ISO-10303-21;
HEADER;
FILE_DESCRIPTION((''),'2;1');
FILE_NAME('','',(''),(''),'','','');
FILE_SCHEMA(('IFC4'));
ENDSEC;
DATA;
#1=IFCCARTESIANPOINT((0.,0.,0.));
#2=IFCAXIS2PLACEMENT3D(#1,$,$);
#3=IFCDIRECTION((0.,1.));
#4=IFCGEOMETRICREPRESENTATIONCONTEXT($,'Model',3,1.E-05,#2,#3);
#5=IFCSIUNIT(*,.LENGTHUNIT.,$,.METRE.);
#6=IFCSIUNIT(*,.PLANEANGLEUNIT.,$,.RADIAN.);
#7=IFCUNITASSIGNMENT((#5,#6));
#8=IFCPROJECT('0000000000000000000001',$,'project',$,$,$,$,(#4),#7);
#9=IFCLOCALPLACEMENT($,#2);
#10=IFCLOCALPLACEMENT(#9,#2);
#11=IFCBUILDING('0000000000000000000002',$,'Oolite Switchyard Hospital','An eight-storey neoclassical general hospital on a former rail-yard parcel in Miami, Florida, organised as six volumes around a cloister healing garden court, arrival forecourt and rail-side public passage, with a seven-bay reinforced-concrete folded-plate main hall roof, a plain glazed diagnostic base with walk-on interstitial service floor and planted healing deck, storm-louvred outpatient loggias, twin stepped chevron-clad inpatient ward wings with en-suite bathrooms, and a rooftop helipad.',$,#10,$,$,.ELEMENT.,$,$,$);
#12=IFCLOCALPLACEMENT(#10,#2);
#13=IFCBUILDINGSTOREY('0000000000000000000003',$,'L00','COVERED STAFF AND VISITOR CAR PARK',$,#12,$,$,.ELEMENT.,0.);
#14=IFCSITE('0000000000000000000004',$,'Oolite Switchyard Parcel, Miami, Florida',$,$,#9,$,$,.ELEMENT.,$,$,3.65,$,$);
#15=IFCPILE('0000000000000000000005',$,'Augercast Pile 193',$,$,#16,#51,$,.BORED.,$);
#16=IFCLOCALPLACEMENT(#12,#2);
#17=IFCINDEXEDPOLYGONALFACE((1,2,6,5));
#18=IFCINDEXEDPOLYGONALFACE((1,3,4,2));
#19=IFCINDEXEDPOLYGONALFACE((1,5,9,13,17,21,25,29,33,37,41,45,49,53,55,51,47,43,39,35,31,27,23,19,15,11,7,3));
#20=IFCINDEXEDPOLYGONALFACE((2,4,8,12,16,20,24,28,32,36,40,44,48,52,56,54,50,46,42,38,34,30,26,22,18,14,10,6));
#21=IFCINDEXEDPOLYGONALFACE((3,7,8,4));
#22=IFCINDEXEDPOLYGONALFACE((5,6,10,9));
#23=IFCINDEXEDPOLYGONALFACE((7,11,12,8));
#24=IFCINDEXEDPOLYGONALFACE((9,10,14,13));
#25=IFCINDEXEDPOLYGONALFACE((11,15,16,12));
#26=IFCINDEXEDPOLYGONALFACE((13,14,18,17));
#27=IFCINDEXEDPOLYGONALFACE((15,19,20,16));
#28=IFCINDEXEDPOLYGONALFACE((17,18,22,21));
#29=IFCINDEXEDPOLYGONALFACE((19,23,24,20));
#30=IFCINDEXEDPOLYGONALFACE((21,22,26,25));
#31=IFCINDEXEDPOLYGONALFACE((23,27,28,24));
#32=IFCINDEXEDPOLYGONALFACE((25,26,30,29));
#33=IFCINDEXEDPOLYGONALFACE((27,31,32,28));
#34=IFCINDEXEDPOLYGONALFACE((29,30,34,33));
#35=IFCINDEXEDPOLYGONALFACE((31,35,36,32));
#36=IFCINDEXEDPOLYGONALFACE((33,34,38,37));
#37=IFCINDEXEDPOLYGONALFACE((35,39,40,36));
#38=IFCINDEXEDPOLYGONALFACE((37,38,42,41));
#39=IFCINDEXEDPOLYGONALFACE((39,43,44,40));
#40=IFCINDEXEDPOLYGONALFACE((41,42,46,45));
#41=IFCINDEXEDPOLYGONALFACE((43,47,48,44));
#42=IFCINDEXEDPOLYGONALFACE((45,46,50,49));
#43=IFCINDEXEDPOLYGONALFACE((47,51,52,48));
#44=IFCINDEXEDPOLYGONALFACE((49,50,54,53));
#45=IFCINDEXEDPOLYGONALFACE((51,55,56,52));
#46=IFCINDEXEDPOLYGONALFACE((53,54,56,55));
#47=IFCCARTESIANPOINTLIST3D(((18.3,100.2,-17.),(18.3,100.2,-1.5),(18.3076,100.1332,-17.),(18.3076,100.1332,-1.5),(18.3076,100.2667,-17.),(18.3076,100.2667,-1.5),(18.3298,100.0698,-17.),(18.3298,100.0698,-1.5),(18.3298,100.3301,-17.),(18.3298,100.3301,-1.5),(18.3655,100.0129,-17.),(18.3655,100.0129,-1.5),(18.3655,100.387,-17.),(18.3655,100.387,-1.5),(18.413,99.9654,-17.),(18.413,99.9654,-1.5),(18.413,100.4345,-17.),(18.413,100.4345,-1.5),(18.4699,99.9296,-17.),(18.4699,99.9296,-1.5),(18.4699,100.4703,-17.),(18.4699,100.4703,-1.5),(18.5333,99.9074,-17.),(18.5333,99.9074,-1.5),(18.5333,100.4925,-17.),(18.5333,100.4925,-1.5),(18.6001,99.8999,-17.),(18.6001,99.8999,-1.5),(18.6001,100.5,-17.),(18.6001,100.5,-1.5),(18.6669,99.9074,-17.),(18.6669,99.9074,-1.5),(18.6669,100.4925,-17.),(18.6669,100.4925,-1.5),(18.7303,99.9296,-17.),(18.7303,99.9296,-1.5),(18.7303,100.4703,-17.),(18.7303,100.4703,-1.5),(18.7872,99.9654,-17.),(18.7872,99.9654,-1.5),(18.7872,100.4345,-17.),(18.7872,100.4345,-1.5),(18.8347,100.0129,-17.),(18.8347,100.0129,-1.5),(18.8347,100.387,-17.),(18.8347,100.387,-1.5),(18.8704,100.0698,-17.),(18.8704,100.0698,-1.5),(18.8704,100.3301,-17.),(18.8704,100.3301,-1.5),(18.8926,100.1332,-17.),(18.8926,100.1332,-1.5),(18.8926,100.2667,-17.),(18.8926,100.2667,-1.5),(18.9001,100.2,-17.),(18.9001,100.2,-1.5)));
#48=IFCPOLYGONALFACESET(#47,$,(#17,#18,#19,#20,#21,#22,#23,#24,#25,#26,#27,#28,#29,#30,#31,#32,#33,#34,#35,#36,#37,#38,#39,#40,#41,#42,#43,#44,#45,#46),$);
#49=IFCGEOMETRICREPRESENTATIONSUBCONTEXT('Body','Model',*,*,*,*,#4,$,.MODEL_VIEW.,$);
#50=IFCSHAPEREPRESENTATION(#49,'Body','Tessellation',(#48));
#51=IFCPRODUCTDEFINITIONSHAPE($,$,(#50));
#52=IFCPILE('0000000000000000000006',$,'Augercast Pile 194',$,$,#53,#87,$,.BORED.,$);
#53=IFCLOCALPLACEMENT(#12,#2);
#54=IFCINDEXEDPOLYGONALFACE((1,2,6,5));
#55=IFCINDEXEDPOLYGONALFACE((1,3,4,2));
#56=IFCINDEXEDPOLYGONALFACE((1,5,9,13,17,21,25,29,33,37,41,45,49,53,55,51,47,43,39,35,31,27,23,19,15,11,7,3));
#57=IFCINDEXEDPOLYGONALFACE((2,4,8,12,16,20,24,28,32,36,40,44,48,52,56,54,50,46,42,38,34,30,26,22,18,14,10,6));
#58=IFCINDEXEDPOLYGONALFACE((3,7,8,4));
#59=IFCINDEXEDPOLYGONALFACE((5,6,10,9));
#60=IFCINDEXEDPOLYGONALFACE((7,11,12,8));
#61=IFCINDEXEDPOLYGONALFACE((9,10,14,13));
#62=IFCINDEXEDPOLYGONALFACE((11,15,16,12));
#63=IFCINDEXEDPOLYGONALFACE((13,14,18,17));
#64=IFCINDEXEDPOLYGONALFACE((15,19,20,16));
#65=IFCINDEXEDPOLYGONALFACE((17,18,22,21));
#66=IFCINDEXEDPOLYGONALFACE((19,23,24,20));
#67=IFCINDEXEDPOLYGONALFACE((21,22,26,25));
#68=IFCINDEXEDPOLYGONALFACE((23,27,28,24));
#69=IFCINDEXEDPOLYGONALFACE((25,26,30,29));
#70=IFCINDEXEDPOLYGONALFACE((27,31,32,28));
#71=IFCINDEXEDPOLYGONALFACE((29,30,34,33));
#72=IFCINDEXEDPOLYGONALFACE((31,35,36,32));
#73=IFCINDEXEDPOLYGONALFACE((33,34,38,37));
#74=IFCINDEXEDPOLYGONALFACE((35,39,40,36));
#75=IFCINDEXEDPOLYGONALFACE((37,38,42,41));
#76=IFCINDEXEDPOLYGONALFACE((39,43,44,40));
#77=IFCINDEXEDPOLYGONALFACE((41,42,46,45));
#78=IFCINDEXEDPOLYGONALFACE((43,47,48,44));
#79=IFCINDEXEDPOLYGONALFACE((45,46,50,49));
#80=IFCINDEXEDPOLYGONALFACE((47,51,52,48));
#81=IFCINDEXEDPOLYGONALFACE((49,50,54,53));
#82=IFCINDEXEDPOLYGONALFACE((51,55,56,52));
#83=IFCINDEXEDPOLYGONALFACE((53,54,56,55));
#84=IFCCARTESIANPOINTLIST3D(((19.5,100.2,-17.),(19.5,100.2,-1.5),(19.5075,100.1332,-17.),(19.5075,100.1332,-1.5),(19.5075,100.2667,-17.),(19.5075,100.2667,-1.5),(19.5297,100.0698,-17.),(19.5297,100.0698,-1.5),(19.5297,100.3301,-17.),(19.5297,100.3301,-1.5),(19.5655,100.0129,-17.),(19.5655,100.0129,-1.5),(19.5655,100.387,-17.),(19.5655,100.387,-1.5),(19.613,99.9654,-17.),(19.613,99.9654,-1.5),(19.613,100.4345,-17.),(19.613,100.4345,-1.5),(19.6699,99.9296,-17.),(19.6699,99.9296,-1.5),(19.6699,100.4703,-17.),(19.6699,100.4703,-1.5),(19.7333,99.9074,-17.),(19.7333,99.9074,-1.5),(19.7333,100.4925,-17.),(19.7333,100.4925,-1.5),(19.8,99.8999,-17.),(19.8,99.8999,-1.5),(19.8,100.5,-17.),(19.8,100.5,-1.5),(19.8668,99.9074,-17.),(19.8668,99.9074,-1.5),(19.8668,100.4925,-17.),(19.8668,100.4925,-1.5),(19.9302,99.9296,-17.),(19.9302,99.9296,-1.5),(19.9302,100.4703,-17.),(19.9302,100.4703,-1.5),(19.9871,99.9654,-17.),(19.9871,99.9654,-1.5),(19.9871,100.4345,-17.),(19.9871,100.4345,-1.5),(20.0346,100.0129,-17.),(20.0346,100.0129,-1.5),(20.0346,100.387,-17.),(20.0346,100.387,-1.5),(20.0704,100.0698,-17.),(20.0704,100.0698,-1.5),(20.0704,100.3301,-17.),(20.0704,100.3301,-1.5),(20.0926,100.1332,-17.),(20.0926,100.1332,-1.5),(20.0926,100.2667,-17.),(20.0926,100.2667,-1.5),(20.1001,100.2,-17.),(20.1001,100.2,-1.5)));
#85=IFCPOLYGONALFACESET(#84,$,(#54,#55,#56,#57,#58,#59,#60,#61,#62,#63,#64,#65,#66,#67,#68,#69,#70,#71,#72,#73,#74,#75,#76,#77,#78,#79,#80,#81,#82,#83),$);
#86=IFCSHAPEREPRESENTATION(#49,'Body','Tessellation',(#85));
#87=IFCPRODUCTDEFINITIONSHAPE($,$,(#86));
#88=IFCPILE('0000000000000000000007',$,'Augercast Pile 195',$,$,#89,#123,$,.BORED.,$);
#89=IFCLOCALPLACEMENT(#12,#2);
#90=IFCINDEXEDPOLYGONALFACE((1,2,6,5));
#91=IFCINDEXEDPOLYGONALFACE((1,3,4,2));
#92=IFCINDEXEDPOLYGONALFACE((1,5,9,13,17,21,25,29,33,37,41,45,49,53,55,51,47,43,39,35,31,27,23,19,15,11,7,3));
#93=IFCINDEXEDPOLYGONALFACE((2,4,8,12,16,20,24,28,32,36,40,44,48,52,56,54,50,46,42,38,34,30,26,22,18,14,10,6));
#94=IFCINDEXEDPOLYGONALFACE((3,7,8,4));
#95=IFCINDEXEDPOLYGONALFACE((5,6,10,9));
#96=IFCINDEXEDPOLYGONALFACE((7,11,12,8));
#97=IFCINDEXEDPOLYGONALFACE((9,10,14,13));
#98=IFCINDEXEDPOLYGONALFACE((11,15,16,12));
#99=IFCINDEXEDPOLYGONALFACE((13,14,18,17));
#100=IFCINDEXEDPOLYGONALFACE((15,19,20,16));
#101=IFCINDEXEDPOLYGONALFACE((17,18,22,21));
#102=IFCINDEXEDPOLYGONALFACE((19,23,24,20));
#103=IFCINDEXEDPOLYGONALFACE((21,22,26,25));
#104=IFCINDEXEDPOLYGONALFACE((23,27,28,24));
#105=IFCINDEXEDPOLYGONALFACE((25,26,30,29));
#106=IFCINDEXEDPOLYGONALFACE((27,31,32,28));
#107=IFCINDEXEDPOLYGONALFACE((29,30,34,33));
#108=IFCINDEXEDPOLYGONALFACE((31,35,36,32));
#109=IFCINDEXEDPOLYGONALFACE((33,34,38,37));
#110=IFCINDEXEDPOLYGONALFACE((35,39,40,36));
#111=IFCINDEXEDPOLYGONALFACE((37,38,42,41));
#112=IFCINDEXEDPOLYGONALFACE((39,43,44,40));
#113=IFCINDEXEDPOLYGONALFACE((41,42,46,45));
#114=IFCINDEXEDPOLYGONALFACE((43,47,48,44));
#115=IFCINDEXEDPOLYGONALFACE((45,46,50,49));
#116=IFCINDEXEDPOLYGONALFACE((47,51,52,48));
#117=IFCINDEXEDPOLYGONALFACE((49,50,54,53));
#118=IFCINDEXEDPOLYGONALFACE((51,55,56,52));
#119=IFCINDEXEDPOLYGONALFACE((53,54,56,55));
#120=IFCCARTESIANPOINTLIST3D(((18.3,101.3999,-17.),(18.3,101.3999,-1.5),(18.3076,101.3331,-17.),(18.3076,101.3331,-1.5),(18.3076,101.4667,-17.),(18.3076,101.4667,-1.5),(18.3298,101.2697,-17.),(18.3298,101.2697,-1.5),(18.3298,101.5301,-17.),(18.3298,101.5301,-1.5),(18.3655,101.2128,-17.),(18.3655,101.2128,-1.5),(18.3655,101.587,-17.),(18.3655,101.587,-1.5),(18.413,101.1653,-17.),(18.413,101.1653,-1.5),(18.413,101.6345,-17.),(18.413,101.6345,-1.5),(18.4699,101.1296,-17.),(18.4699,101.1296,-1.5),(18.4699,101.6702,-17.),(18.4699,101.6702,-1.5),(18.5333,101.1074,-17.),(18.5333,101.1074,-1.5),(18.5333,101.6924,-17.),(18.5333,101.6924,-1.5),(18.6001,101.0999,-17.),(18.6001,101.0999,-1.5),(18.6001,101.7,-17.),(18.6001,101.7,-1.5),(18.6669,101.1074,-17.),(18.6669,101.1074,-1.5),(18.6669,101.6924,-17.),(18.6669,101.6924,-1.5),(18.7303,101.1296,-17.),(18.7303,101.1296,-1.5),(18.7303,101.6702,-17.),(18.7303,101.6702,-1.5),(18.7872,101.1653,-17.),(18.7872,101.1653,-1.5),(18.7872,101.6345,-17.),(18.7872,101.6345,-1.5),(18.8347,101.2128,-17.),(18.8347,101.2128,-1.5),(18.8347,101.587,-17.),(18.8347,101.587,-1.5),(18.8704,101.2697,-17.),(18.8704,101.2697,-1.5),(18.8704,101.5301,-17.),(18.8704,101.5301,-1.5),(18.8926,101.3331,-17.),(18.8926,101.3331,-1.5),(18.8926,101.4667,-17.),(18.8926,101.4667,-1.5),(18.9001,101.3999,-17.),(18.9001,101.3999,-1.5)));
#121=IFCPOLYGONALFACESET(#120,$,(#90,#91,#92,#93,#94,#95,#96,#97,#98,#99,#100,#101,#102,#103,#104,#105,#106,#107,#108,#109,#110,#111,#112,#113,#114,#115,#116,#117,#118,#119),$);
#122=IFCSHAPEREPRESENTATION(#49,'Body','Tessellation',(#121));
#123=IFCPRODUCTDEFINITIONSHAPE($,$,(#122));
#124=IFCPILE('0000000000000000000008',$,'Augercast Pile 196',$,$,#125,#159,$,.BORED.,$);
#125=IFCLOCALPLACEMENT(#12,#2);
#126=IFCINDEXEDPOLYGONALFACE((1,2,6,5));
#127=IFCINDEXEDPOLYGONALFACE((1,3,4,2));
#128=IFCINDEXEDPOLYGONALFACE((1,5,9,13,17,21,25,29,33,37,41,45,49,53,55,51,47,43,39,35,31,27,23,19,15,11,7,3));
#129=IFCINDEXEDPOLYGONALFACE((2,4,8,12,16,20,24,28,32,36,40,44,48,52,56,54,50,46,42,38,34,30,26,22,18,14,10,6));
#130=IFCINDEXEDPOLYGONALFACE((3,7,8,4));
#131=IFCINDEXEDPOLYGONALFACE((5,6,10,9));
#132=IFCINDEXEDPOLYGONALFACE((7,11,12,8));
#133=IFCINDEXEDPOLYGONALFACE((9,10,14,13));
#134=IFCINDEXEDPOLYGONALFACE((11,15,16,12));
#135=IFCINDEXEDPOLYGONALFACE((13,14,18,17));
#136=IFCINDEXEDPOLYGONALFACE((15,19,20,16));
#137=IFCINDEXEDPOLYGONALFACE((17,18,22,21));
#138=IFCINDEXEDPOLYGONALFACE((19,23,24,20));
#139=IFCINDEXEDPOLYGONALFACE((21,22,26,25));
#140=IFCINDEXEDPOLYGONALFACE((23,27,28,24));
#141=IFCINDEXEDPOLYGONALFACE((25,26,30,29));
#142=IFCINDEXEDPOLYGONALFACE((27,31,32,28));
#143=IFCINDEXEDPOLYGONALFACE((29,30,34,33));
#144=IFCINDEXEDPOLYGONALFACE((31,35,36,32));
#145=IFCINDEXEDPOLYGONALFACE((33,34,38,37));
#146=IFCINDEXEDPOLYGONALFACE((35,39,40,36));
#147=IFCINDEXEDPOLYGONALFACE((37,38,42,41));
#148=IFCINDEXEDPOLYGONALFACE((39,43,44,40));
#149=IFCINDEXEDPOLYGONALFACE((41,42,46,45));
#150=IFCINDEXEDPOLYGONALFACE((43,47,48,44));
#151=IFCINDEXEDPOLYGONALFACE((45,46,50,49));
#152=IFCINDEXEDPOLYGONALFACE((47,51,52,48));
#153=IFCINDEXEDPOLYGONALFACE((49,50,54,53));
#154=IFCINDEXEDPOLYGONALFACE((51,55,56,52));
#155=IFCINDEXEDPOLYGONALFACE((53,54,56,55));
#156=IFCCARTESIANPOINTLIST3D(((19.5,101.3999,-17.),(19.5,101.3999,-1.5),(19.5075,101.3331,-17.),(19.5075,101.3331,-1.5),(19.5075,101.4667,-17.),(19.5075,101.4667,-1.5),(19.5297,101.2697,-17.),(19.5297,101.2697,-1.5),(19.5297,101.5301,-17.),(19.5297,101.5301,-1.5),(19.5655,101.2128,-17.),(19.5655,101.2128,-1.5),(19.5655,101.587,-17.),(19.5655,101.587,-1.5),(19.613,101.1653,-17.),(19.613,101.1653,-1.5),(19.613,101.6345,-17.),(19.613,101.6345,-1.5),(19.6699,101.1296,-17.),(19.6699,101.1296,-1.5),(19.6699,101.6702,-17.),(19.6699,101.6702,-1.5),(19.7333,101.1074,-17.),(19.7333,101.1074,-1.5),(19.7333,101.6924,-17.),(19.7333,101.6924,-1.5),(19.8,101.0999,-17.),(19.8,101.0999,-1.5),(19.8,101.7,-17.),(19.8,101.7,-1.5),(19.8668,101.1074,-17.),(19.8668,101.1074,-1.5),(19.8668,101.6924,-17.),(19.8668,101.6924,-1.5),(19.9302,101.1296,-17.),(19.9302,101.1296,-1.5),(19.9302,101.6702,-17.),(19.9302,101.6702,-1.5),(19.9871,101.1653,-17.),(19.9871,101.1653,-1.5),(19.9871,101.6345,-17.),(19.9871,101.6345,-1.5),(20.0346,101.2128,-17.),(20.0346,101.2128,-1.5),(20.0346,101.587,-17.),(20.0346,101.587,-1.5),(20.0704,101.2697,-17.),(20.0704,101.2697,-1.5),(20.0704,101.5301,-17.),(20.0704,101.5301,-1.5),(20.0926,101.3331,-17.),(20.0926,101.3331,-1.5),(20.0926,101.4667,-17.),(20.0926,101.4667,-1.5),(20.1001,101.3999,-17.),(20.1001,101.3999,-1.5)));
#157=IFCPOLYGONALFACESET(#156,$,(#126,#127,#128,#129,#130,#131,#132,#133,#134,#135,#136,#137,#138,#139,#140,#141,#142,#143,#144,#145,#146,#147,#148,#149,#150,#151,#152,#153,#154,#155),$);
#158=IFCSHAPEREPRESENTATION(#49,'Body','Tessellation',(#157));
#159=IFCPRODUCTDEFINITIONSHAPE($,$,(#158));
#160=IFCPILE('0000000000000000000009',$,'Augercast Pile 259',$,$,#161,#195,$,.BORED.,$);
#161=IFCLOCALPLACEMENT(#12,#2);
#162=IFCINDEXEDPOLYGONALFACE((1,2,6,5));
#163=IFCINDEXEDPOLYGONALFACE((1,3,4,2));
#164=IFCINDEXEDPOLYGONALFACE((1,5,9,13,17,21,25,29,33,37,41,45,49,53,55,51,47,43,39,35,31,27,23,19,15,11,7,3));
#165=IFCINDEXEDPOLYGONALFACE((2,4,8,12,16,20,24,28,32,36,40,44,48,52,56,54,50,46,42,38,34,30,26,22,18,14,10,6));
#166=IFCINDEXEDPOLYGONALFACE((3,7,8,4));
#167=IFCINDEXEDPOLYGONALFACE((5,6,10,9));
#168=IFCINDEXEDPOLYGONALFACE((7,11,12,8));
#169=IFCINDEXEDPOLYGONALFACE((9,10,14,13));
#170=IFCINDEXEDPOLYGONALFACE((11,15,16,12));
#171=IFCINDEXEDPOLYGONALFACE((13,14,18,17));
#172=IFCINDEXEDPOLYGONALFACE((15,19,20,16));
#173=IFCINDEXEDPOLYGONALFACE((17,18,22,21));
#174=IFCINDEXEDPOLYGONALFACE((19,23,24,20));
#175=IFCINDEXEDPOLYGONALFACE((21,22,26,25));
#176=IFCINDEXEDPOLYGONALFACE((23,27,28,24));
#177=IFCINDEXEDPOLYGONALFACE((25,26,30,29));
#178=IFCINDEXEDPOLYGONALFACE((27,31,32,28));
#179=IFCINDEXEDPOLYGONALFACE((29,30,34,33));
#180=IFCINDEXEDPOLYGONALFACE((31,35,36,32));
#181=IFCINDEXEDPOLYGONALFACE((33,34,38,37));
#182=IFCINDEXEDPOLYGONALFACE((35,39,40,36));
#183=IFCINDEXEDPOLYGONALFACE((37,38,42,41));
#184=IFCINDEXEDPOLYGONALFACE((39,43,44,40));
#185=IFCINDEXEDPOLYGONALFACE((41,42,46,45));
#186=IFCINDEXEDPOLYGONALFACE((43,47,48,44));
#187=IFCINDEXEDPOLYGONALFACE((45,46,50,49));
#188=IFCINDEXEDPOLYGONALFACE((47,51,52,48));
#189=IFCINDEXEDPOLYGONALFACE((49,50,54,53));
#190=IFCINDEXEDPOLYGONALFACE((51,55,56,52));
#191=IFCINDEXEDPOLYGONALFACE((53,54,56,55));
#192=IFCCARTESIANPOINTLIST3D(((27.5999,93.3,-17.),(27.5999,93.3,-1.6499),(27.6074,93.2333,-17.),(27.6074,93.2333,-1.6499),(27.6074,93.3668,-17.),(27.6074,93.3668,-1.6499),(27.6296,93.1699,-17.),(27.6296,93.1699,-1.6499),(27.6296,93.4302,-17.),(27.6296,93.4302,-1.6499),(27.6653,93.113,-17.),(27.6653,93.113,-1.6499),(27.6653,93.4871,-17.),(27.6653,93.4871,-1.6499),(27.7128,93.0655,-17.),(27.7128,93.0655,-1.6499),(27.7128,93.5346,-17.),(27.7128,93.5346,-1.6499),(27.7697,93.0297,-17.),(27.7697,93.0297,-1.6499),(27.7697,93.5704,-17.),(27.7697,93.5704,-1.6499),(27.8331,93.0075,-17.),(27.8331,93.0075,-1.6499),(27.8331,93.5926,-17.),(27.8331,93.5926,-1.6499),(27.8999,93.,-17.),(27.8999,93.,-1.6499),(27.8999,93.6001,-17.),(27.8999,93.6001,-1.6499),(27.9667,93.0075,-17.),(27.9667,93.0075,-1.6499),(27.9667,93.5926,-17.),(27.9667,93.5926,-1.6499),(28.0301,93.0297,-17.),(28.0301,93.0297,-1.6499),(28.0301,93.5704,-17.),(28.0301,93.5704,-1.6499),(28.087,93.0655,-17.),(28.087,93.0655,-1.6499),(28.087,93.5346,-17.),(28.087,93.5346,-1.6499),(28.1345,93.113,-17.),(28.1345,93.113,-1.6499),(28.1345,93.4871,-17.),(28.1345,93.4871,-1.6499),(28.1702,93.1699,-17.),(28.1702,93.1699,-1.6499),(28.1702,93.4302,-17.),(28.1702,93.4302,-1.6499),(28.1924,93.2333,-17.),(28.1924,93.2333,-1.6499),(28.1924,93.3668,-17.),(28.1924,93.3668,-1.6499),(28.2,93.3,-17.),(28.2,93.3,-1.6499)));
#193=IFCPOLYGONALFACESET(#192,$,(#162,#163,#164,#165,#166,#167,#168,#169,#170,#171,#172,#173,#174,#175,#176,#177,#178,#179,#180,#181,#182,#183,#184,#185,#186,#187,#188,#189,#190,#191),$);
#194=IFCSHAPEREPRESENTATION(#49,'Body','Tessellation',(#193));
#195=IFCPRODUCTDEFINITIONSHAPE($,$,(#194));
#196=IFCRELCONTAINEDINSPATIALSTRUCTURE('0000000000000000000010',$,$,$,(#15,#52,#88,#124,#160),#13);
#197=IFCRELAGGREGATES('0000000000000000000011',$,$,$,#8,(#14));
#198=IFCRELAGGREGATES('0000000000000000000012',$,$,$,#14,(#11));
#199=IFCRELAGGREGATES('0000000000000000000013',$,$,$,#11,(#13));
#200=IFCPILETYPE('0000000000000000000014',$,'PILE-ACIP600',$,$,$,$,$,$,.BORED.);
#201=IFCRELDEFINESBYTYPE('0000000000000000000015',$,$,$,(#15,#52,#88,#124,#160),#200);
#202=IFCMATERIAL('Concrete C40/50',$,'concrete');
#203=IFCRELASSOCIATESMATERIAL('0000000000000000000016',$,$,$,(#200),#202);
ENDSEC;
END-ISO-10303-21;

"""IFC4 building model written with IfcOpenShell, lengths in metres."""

from ifc_helpers import new_model, si_unit, direction, frame, origin, origin_2d, place, context, subcontext, project, spatial, circle, extrude, material, material_profile, profile_set, type_object, element, save


model = new_model("IFC4")

# Units and contexts
model_context = context("Model", 3, precision=1e-05, world=origin(), true_north=direction((0.0, 1.0)))
body_context = subcontext(model_context, "Body", "Model", "MODEL_VIEW")
ifc_project = project(units=[si_unit("LENGTHUNIT", "METRE"), si_unit("PLANEANGLEUNIT", "RADIAN")], contexts=[model_context])

# Site, building, storey
site_placement = place(None, origin())
site = spatial("IfcSite", under=ifc_project, at=site_placement, Name="Oolite Switchyard Parcel, Miami, Florida", CompositionType="ELEMENT", RefElevation=3.65)
building_placement = place(site_placement, origin())
building = spatial("IfcBuilding", under=site, at=building_placement, Name="Oolite Switchyard Hospital", Description="An eight-storey neoclassical general hospital on a former rail-yard parcel in Miami, Florida, organised as six volumes around a cloister healing garden court, arrival forecourt and rail-side public passage, with a seven-bay reinforced-concrete folded-plate main hall roof, a plain glazed diagnostic base with walk-on interstitial service floor and planted healing deck, storm-louvred outpatient loggias, twin stepped chevron-clad inpatient ward wings with en-suite bathrooms, and a rooftop helipad.", CompositionType="ELEMENT")
storey_placement = place(building_placement, origin())
storey = spatial("IfcBuildingStorey", under=building, at=storey_placement, Name="L00", Description="COVERED STAFF AND VISITOR CAR PARK", CompositionType="ELEMENT", Elevation=0.0)

# Shared definitions
ifc_material_1 = material(Name="Concrete C40/50", Category="concrete")

# Piles
ifc_material_profile_1 = material_profile(ifc_material_1, circle(Radius=0.3, at=origin_2d()), Name="PILE600")
ifc_profile_set_1 = profile_set([ifc_material_profile_1], Name="Concrete C40/50")
pile_type = type_object("IfcPileType", Name="PILE-ACIP600", PredefinedType="BORED", material=ifc_profile_set_1)
for number, where, z_axis, x_axis, name in (
    (1, (18.6001, 100.2, -1.5), (0.0, 0.0, -1.0), (1.0, 0.0, 0.0), "Augercast Pile 193"),
    (2, (19.8, 100.2, -1.5), (0.0, 0.0, -1.0), (1.0, 0.0, 0.0), "Augercast Pile 194"),
    (3, (18.6001, 101.3999, -1.5), (0.0, 0.0, -1.0), (1.0, 0.0, 0.0), "Augercast Pile 195"),
    (4, (19.8, 101.3999, -1.5), (0.0, 0.0, -1.0), (1.0, 0.0, 0.0), "Augercast Pile 196"),
):
    element("IfcPile", number, at=place(storey_placement, frame(where, z_axis=z_axis, x_axis=x_axis)), inside=storey, type_object=pile_type, Name=name, PredefinedType="BORED", context=body_context, shape_type="SweptSolid", body=[
        extrude(circle(Radius=0.3, at=origin_2d()), origin(), (0.0, 0.0, 1.0), 15.5),
    ])
for number, where, z_axis, x_axis, name in (
    (5, (27.8999, 93.3, -1.6499), (0.0, 0.0, -1.0), (1.0, 0.0, 0.0), "Augercast Pile 259"),
):
    element("IfcPile", number, at=place(storey_placement, frame(where, z_axis=z_axis, x_axis=x_axis)), inside=storey, type_object=pile_type, Name=name, PredefinedType="BORED", context=body_context, shape_type="SweptSolid", body=[
        extrude(circle(Radius=0.3, at=origin_2d()), origin(), (0.0, 0.0, 1.0), 15.3501),
    ])

save(model, "model.ifc")
